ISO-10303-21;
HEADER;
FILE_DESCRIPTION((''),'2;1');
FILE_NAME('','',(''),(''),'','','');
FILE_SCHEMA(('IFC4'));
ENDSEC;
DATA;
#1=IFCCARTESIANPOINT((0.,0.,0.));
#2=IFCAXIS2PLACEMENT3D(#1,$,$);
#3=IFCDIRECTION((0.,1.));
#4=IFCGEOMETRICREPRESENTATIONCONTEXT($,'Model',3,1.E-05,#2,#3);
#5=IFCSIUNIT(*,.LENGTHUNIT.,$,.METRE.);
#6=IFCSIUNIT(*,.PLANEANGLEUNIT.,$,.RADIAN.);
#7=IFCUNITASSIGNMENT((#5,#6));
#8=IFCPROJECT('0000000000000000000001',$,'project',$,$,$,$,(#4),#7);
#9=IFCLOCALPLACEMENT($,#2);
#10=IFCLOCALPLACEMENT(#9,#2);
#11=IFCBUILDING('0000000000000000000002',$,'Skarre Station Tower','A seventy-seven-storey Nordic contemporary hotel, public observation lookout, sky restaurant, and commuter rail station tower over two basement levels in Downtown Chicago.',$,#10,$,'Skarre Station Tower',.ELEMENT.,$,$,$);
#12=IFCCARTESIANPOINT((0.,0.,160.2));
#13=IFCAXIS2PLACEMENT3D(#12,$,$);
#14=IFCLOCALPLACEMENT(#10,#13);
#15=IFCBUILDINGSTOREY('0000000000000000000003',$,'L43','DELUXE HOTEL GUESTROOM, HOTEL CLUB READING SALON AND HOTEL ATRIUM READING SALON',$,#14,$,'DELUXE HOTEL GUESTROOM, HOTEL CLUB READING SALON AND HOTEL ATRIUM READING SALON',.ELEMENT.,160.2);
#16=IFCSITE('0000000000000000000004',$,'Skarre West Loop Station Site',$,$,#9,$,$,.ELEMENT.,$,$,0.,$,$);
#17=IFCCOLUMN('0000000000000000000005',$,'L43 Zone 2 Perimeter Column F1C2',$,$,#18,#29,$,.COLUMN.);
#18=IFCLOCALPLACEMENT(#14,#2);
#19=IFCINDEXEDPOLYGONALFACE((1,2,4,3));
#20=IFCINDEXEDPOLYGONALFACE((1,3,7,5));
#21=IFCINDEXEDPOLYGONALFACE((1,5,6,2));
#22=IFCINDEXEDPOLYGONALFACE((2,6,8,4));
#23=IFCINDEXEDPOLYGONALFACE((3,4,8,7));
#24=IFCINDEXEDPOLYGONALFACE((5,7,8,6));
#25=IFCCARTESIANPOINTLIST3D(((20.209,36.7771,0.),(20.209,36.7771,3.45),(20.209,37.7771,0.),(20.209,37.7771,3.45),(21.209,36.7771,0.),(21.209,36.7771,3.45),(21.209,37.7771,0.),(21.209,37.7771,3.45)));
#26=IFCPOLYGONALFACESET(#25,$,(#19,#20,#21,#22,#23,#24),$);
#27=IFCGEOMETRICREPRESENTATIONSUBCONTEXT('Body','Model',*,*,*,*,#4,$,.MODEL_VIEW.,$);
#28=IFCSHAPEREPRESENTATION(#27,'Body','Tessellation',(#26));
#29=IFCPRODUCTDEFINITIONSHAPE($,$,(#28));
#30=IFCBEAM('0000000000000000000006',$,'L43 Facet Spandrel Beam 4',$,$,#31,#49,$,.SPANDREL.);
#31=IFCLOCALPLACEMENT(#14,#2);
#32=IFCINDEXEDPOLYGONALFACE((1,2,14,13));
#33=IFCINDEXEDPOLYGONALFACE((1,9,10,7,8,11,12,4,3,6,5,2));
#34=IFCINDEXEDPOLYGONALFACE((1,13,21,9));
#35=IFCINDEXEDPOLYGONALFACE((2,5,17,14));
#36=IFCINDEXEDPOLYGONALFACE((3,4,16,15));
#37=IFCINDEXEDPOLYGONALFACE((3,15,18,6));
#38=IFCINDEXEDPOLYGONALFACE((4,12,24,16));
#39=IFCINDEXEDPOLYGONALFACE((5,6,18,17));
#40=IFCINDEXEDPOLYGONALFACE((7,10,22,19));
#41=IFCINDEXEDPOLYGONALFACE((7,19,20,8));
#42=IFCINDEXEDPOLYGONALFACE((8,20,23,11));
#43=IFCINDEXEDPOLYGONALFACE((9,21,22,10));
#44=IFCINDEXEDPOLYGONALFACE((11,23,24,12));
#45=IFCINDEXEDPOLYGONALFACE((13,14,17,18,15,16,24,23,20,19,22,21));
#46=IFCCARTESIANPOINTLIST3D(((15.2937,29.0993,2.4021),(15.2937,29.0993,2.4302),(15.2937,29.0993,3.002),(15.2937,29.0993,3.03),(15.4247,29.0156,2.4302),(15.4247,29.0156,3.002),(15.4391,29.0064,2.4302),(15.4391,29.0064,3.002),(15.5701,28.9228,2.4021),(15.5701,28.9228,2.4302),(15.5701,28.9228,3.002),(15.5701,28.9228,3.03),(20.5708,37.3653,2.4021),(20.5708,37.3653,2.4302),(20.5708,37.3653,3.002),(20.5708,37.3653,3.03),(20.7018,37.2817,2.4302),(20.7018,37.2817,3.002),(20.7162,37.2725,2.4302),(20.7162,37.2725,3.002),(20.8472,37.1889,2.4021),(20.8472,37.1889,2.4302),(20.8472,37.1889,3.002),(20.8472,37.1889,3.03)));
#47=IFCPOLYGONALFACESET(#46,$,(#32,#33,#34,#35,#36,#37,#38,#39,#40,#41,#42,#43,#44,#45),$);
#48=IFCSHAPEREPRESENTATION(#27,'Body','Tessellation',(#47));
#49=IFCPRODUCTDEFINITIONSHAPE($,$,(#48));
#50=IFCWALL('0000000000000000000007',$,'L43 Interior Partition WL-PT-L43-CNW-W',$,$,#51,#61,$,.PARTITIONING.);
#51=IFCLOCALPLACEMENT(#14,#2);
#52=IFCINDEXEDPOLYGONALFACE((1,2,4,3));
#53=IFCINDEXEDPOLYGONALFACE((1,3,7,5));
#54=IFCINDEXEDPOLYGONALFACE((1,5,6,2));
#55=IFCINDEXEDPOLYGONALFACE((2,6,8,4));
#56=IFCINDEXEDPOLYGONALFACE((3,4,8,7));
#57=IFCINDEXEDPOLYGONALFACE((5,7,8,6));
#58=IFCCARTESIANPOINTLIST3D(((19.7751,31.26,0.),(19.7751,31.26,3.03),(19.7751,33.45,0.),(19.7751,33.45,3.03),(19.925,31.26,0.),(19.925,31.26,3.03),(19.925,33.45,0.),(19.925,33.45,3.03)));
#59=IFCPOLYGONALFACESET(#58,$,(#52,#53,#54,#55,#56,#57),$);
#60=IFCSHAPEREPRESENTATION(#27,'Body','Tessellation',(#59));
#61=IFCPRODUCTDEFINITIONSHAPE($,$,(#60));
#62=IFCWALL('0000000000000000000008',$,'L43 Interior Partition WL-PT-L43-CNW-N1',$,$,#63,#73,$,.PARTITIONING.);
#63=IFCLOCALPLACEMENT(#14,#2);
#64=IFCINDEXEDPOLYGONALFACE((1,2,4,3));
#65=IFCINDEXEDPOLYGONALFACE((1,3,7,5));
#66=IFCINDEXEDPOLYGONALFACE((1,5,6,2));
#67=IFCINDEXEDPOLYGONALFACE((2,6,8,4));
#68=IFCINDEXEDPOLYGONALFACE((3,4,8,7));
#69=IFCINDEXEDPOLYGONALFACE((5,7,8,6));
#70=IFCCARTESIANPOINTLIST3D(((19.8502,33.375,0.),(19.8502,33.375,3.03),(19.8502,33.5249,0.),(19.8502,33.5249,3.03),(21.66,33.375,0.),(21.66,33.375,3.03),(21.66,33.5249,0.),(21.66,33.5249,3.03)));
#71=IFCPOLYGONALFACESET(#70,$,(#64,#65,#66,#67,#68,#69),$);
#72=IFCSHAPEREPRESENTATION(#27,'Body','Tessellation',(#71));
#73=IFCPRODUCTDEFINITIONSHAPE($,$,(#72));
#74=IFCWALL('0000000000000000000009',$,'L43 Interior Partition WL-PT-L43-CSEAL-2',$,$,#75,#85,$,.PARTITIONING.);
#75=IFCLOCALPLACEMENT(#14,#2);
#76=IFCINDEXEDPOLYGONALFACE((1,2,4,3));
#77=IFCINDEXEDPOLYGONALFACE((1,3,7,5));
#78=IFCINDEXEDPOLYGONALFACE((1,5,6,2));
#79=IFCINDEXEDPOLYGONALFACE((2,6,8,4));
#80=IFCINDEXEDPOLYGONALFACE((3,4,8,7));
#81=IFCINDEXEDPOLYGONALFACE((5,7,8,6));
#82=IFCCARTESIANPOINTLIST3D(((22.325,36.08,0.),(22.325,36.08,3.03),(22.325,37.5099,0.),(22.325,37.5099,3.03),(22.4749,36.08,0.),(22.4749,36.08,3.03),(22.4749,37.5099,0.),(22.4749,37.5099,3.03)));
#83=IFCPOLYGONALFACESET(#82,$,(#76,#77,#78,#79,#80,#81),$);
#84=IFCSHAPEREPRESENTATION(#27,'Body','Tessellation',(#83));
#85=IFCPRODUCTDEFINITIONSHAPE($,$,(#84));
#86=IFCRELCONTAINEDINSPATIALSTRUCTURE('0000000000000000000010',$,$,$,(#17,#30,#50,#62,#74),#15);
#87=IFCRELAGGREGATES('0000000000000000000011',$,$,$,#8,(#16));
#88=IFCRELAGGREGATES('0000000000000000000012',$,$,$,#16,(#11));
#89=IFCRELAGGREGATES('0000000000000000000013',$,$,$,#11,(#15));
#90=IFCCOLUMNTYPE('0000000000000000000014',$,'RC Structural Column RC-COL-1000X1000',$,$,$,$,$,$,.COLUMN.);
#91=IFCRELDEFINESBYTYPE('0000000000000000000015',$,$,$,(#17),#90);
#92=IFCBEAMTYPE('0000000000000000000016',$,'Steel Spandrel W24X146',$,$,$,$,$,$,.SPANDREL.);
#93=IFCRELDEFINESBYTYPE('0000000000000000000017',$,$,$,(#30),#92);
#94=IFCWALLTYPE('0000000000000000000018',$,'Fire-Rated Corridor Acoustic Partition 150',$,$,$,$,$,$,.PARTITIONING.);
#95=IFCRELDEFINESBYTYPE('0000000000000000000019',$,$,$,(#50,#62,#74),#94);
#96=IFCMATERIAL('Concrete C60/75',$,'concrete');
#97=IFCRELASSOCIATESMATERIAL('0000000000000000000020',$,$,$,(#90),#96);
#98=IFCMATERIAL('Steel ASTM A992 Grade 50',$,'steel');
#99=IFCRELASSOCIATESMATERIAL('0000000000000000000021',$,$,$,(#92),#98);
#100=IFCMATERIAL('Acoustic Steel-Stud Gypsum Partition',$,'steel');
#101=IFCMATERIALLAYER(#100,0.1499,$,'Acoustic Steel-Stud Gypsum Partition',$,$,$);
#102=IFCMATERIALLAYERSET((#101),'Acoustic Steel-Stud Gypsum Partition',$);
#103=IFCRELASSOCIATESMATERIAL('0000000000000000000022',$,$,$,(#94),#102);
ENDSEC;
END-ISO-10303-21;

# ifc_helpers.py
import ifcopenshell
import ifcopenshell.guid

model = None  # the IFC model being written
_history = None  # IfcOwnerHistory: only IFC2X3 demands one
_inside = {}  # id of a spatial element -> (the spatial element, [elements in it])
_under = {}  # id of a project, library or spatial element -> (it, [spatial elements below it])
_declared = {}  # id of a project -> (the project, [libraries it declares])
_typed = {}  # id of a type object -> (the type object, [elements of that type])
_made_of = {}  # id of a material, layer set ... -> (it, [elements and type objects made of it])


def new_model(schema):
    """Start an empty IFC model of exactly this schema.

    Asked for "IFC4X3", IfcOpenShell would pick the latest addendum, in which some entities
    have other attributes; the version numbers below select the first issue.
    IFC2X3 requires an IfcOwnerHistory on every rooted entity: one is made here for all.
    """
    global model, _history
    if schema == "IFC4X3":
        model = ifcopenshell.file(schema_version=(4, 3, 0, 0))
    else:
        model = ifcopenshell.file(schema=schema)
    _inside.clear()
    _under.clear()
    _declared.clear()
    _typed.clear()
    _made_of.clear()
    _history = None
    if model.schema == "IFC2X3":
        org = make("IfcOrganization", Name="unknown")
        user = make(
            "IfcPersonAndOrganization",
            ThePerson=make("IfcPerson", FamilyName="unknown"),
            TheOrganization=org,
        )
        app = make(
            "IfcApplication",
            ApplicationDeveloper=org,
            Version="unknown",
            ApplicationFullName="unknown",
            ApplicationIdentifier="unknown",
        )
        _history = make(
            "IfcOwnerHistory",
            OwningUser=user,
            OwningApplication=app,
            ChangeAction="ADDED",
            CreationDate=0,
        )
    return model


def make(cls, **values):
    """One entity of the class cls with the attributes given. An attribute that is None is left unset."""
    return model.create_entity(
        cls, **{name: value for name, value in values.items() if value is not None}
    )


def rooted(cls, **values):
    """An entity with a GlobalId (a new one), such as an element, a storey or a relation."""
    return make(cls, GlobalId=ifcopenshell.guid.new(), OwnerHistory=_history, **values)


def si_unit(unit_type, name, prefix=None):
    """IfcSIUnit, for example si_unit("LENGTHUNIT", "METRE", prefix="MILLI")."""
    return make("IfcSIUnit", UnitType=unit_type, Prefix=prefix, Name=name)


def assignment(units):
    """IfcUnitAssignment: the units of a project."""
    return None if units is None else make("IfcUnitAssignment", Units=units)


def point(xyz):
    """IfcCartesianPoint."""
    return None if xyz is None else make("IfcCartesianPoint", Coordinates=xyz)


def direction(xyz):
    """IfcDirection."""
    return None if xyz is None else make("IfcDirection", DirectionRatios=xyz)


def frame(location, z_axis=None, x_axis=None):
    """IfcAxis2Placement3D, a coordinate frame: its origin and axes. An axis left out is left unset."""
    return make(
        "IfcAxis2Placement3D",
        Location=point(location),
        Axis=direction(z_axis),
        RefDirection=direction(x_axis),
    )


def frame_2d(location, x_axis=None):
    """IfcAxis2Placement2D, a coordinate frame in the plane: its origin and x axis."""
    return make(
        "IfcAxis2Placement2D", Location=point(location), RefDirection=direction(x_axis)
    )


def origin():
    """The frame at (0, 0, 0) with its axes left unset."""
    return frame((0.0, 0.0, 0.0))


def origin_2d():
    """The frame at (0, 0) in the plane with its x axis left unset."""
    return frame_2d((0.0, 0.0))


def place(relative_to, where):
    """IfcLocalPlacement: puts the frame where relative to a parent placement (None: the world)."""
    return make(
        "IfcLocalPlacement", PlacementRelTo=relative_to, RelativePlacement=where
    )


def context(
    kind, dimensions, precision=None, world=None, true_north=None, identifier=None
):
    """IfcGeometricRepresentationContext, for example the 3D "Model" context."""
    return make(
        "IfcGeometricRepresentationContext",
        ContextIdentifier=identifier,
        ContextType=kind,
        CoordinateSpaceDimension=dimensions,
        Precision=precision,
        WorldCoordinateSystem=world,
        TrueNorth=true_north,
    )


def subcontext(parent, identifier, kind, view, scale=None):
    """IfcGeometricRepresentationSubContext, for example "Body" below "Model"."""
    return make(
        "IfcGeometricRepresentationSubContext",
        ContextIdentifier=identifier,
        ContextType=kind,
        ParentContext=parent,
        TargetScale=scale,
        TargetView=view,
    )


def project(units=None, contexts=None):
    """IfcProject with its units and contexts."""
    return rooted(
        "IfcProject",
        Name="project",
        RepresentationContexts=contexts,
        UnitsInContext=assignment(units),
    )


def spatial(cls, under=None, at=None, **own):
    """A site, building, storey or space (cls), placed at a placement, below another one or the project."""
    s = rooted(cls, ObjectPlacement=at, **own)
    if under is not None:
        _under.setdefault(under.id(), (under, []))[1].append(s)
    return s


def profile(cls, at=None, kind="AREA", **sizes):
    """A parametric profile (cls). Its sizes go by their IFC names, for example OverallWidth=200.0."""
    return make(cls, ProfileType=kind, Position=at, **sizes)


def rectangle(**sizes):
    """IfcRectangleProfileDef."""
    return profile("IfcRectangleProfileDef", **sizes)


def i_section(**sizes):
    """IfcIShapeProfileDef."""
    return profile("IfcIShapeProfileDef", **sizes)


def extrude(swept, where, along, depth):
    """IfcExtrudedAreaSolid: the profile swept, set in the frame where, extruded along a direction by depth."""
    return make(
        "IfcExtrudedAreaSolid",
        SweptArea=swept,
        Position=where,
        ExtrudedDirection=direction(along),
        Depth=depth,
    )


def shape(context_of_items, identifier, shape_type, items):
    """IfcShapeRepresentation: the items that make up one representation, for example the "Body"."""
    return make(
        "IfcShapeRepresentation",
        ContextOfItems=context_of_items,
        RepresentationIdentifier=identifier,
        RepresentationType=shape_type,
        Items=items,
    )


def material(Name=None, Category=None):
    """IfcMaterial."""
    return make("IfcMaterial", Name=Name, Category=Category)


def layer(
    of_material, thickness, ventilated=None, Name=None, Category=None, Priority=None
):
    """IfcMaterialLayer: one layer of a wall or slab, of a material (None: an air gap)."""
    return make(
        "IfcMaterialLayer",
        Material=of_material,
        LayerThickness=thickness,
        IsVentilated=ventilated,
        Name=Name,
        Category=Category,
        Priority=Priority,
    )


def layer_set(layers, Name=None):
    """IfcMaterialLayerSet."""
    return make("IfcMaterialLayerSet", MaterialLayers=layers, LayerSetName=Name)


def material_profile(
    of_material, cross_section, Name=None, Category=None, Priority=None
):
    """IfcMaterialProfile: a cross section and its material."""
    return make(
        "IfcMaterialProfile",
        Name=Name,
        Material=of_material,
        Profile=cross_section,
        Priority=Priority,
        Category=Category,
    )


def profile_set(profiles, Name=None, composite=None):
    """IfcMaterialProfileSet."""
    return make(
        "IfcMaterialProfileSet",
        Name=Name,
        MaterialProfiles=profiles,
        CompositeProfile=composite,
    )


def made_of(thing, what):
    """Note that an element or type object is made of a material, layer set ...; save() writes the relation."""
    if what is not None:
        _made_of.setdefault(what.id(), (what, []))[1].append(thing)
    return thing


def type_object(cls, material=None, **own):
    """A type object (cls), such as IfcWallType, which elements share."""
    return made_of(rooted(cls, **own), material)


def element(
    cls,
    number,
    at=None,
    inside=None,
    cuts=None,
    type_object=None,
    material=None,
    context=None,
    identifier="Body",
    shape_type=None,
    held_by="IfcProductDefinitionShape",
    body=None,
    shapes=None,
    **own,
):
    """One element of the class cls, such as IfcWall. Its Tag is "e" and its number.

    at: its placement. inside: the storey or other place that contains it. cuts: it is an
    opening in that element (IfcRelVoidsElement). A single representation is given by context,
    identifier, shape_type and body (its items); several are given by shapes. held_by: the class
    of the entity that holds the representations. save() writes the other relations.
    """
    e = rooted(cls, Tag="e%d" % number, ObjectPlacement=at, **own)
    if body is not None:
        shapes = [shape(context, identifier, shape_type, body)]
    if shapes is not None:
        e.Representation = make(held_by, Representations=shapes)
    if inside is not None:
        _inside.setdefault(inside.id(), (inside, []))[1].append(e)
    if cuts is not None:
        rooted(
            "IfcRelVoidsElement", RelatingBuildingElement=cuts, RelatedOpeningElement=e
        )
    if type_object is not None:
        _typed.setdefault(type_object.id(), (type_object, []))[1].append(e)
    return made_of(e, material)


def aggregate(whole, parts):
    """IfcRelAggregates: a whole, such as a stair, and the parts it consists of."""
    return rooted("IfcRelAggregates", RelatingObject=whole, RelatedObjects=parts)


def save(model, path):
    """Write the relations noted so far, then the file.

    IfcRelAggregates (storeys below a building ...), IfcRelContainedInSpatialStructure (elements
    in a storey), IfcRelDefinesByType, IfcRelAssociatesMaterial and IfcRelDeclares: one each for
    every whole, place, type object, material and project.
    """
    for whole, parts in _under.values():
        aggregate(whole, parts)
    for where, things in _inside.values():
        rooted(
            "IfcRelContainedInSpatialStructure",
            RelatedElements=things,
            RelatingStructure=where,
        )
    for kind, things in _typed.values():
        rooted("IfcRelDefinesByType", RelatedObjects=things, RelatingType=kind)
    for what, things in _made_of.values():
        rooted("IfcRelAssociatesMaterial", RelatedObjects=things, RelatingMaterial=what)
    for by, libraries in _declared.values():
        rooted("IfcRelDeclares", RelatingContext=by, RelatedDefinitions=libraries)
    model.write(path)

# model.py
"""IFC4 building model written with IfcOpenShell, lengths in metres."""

from ifc_helpers import new_model, si_unit, direction, frame, frame_2d, origin, origin_2d, place, context, subcontext, project, spatial, rectangle, i_section, extrude, material, layer, layer_set, material_profile, profile_set, type_object, element, save


model = new_model("IFC4")

# Units and contexts
model_context = context("Model", 3, precision=1e-05, world=origin(), true_north=direction((0.0, 1.0)))
body_context = subcontext(model_context, "Body", "Model", "MODEL_VIEW")
ifc_project = project(units=[si_unit("LENGTHUNIT", "METRE"), si_unit("PLANEANGLEUNIT", "RADIAN")], contexts=[model_context])

# Site, building, storey
site_placement = place(None, origin())
site = spatial("IfcSite", under=ifc_project, at=site_placement, Name="Skarre West Loop Station Site", CompositionType="ELEMENT", RefElevation=0.0)
building_placement = place(site_placement, origin())
building = spatial("IfcBuilding", under=site, at=building_placement, Name="Skarre Station Tower", Description="A seventy-seven-storey Nordic contemporary hotel, public observation lookout, sky restaurant, and commuter rail station tower over two basement levels in Downtown Chicago.", LongName="Skarre Station Tower", CompositionType="ELEMENT")
storey_placement = place(building_placement, frame((0.0, 0.0, 160.2)))
storey = spatial("IfcBuildingStorey", under=building, at=storey_placement, Name="L43", Description="DELUXE HOTEL GUESTROOM, HOTEL CLUB READING SALON AND HOTEL ATRIUM READING SALON", LongName="DELUXE HOTEL GUESTROOM, HOTEL CLUB READING SALON AND HOTEL ATRIUM READING SALON", CompositionType="ELEMENT", Elevation=160.2)

# Column
ifc_material_1 = material(Name="Concrete C60/75", Category="concrete")
ifc_material_profile_1 = material_profile(ifc_material_1, rectangle(XDim=1.0, YDim=1.0, at=origin_2d()), Name="Concrete C60/75")
ifc_profile_set_1 = profile_set([ifc_material_profile_1], Name="Concrete C60/75")
column_type = type_object("IfcColumnType", Name="RC Structural Column RC-COL-1000X1000", PredefinedType="COLUMN", material=ifc_profile_set_1)
column_placement = place(storey_placement, frame((20.709, 37.2771, 0.0), z_axis=(0.0, 0.0, 1.0), x_axis=(1.0, 0.0, 0.0)))
element("IfcColumn", 1, at=column_placement, inside=storey, type_object=column_type, Name="L43 Zone 2 Perimeter Column F1C2", PredefinedType="COLUMN", context=body_context, shape_type="SweptSolid", body=[
    extrude(rectangle(XDim=1.0, YDim=1.0, at=origin_2d()), origin(), (0.0, 0.0, 1.0), 3.45),
])

# Beam
ifc_material_2 = material(Name="Steel ASTM A992 Grade 50", Category="steel")
ifc_material_profile_2 = material_profile(ifc_material_2, i_section(OverallWidth=0.3279, OverallDepth=0.6279, WebThickness=0.0171, FlangeThickness=0.0281, at=origin_2d()), Name="Steel ASTM A992 Grade 50")
ifc_profile_set_2 = profile_set([ifc_material_profile_2], Name="Steel ASTM A992 Grade 50")
beam_type = type_object("IfcBeamType", Name="Steel Spandrel W24X146", PredefinedType="SPANDREL", material=ifc_profile_set_2)
beam_placement = place(storey_placement, frame((20.709, 37.2771, 2.7161), z_axis=(-0.538098, -0.842883, 0.0), x_axis=(0.842883, -0.538098, 0.0)))
element("IfcBeam", 2, at=beam_placement, inside=storey, type_object=beam_type, Name="L43 Facet Spandrel Beam 4", PredefinedType="SPANDREL", context=body_context, shape_type="SweptSolid", body=[
    extrude(i_section(OverallWidth=0.3279, OverallDepth=0.6279, WebThickness=0.0171, FlangeThickness=0.0281, at=origin_2d()), origin(), (0.0, 0.0, 1.0), 9.8069),
])

# Walls
ifc_material_3 = material(Name="Acoustic Steel-Stud Gypsum Partition", Category="steel")
ifc_layer_1 = layer(ifc_material_3, 0.1499, Name="Acoustic Steel-Stud Gypsum Partition")
ifc_layer_set_1 = layer_set([ifc_layer_1], Name="Acoustic Steel-Stud Gypsum Partition")
wall_type_1 = type_object("IfcWallType", Name="Fire-Rated Corridor Acoustic Partition 150", PredefinedType="PARTITIONING", material=ifc_layer_set_1)
wall_1_placement = place(storey_placement, frame((19.8501, 33.45, 0.0), z_axis=(0.0, 0.0, 1.0), x_axis=(0.0, -1.0, 0.0)))
element("IfcWall", 3, at=wall_1_placement, inside=storey, type_object=wall_type_1, Name="L43 Interior Partition WL-PT-L43-CNW-W", PredefinedType="PARTITIONING", context=body_context, shape_type="SweptSolid", body=[
    extrude(rectangle(XDim=2.1899, YDim=0.1499, at=frame_2d((1.095, 0.0))), origin(), (0.0, 0.0, 1.0), 3.03),
])
wall_2_placement = place(storey_placement, frame((21.6599, 33.45, 0.0), z_axis=(0.0, 0.0, 1.0), x_axis=(-1.0, 0.0, 0.0)))
element("IfcWall", 4, at=wall_2_placement, inside=storey, type_object=wall_type_1, Name="L43 Interior Partition WL-PT-L43-CNW-N1", PredefinedType="PARTITIONING", context=body_context, shape_type="SweptSolid", body=[
    extrude(rectangle(XDim=1.8098, YDim=0.1499, at=frame_2d((0.9048, 0.0))), origin(), (0.0, 0.0, 1.0), 3.03),
])
wall_3_placement = place(storey_placement, frame((22.3999, 36.0801, 0.0), z_axis=(0.0, 0.0, 1.0), x_axis=(0.0, 1.0, 0.0)))
element("IfcWall", 5, at=wall_3_placement, inside=storey, type_object=wall_type_1, Name="L43 Interior Partition WL-PT-L43-CSEAL-2", PredefinedType="PARTITIONING", context=body_context, shape_type="SweptSolid", body=[
    extrude(rectangle(XDim=1.4299, YDim=0.1499, at=frame_2d((0.7148, 0.0))), origin(), (0.0, 0.0, 1.0), 3.03),
])

save(model, "model.ifc")
